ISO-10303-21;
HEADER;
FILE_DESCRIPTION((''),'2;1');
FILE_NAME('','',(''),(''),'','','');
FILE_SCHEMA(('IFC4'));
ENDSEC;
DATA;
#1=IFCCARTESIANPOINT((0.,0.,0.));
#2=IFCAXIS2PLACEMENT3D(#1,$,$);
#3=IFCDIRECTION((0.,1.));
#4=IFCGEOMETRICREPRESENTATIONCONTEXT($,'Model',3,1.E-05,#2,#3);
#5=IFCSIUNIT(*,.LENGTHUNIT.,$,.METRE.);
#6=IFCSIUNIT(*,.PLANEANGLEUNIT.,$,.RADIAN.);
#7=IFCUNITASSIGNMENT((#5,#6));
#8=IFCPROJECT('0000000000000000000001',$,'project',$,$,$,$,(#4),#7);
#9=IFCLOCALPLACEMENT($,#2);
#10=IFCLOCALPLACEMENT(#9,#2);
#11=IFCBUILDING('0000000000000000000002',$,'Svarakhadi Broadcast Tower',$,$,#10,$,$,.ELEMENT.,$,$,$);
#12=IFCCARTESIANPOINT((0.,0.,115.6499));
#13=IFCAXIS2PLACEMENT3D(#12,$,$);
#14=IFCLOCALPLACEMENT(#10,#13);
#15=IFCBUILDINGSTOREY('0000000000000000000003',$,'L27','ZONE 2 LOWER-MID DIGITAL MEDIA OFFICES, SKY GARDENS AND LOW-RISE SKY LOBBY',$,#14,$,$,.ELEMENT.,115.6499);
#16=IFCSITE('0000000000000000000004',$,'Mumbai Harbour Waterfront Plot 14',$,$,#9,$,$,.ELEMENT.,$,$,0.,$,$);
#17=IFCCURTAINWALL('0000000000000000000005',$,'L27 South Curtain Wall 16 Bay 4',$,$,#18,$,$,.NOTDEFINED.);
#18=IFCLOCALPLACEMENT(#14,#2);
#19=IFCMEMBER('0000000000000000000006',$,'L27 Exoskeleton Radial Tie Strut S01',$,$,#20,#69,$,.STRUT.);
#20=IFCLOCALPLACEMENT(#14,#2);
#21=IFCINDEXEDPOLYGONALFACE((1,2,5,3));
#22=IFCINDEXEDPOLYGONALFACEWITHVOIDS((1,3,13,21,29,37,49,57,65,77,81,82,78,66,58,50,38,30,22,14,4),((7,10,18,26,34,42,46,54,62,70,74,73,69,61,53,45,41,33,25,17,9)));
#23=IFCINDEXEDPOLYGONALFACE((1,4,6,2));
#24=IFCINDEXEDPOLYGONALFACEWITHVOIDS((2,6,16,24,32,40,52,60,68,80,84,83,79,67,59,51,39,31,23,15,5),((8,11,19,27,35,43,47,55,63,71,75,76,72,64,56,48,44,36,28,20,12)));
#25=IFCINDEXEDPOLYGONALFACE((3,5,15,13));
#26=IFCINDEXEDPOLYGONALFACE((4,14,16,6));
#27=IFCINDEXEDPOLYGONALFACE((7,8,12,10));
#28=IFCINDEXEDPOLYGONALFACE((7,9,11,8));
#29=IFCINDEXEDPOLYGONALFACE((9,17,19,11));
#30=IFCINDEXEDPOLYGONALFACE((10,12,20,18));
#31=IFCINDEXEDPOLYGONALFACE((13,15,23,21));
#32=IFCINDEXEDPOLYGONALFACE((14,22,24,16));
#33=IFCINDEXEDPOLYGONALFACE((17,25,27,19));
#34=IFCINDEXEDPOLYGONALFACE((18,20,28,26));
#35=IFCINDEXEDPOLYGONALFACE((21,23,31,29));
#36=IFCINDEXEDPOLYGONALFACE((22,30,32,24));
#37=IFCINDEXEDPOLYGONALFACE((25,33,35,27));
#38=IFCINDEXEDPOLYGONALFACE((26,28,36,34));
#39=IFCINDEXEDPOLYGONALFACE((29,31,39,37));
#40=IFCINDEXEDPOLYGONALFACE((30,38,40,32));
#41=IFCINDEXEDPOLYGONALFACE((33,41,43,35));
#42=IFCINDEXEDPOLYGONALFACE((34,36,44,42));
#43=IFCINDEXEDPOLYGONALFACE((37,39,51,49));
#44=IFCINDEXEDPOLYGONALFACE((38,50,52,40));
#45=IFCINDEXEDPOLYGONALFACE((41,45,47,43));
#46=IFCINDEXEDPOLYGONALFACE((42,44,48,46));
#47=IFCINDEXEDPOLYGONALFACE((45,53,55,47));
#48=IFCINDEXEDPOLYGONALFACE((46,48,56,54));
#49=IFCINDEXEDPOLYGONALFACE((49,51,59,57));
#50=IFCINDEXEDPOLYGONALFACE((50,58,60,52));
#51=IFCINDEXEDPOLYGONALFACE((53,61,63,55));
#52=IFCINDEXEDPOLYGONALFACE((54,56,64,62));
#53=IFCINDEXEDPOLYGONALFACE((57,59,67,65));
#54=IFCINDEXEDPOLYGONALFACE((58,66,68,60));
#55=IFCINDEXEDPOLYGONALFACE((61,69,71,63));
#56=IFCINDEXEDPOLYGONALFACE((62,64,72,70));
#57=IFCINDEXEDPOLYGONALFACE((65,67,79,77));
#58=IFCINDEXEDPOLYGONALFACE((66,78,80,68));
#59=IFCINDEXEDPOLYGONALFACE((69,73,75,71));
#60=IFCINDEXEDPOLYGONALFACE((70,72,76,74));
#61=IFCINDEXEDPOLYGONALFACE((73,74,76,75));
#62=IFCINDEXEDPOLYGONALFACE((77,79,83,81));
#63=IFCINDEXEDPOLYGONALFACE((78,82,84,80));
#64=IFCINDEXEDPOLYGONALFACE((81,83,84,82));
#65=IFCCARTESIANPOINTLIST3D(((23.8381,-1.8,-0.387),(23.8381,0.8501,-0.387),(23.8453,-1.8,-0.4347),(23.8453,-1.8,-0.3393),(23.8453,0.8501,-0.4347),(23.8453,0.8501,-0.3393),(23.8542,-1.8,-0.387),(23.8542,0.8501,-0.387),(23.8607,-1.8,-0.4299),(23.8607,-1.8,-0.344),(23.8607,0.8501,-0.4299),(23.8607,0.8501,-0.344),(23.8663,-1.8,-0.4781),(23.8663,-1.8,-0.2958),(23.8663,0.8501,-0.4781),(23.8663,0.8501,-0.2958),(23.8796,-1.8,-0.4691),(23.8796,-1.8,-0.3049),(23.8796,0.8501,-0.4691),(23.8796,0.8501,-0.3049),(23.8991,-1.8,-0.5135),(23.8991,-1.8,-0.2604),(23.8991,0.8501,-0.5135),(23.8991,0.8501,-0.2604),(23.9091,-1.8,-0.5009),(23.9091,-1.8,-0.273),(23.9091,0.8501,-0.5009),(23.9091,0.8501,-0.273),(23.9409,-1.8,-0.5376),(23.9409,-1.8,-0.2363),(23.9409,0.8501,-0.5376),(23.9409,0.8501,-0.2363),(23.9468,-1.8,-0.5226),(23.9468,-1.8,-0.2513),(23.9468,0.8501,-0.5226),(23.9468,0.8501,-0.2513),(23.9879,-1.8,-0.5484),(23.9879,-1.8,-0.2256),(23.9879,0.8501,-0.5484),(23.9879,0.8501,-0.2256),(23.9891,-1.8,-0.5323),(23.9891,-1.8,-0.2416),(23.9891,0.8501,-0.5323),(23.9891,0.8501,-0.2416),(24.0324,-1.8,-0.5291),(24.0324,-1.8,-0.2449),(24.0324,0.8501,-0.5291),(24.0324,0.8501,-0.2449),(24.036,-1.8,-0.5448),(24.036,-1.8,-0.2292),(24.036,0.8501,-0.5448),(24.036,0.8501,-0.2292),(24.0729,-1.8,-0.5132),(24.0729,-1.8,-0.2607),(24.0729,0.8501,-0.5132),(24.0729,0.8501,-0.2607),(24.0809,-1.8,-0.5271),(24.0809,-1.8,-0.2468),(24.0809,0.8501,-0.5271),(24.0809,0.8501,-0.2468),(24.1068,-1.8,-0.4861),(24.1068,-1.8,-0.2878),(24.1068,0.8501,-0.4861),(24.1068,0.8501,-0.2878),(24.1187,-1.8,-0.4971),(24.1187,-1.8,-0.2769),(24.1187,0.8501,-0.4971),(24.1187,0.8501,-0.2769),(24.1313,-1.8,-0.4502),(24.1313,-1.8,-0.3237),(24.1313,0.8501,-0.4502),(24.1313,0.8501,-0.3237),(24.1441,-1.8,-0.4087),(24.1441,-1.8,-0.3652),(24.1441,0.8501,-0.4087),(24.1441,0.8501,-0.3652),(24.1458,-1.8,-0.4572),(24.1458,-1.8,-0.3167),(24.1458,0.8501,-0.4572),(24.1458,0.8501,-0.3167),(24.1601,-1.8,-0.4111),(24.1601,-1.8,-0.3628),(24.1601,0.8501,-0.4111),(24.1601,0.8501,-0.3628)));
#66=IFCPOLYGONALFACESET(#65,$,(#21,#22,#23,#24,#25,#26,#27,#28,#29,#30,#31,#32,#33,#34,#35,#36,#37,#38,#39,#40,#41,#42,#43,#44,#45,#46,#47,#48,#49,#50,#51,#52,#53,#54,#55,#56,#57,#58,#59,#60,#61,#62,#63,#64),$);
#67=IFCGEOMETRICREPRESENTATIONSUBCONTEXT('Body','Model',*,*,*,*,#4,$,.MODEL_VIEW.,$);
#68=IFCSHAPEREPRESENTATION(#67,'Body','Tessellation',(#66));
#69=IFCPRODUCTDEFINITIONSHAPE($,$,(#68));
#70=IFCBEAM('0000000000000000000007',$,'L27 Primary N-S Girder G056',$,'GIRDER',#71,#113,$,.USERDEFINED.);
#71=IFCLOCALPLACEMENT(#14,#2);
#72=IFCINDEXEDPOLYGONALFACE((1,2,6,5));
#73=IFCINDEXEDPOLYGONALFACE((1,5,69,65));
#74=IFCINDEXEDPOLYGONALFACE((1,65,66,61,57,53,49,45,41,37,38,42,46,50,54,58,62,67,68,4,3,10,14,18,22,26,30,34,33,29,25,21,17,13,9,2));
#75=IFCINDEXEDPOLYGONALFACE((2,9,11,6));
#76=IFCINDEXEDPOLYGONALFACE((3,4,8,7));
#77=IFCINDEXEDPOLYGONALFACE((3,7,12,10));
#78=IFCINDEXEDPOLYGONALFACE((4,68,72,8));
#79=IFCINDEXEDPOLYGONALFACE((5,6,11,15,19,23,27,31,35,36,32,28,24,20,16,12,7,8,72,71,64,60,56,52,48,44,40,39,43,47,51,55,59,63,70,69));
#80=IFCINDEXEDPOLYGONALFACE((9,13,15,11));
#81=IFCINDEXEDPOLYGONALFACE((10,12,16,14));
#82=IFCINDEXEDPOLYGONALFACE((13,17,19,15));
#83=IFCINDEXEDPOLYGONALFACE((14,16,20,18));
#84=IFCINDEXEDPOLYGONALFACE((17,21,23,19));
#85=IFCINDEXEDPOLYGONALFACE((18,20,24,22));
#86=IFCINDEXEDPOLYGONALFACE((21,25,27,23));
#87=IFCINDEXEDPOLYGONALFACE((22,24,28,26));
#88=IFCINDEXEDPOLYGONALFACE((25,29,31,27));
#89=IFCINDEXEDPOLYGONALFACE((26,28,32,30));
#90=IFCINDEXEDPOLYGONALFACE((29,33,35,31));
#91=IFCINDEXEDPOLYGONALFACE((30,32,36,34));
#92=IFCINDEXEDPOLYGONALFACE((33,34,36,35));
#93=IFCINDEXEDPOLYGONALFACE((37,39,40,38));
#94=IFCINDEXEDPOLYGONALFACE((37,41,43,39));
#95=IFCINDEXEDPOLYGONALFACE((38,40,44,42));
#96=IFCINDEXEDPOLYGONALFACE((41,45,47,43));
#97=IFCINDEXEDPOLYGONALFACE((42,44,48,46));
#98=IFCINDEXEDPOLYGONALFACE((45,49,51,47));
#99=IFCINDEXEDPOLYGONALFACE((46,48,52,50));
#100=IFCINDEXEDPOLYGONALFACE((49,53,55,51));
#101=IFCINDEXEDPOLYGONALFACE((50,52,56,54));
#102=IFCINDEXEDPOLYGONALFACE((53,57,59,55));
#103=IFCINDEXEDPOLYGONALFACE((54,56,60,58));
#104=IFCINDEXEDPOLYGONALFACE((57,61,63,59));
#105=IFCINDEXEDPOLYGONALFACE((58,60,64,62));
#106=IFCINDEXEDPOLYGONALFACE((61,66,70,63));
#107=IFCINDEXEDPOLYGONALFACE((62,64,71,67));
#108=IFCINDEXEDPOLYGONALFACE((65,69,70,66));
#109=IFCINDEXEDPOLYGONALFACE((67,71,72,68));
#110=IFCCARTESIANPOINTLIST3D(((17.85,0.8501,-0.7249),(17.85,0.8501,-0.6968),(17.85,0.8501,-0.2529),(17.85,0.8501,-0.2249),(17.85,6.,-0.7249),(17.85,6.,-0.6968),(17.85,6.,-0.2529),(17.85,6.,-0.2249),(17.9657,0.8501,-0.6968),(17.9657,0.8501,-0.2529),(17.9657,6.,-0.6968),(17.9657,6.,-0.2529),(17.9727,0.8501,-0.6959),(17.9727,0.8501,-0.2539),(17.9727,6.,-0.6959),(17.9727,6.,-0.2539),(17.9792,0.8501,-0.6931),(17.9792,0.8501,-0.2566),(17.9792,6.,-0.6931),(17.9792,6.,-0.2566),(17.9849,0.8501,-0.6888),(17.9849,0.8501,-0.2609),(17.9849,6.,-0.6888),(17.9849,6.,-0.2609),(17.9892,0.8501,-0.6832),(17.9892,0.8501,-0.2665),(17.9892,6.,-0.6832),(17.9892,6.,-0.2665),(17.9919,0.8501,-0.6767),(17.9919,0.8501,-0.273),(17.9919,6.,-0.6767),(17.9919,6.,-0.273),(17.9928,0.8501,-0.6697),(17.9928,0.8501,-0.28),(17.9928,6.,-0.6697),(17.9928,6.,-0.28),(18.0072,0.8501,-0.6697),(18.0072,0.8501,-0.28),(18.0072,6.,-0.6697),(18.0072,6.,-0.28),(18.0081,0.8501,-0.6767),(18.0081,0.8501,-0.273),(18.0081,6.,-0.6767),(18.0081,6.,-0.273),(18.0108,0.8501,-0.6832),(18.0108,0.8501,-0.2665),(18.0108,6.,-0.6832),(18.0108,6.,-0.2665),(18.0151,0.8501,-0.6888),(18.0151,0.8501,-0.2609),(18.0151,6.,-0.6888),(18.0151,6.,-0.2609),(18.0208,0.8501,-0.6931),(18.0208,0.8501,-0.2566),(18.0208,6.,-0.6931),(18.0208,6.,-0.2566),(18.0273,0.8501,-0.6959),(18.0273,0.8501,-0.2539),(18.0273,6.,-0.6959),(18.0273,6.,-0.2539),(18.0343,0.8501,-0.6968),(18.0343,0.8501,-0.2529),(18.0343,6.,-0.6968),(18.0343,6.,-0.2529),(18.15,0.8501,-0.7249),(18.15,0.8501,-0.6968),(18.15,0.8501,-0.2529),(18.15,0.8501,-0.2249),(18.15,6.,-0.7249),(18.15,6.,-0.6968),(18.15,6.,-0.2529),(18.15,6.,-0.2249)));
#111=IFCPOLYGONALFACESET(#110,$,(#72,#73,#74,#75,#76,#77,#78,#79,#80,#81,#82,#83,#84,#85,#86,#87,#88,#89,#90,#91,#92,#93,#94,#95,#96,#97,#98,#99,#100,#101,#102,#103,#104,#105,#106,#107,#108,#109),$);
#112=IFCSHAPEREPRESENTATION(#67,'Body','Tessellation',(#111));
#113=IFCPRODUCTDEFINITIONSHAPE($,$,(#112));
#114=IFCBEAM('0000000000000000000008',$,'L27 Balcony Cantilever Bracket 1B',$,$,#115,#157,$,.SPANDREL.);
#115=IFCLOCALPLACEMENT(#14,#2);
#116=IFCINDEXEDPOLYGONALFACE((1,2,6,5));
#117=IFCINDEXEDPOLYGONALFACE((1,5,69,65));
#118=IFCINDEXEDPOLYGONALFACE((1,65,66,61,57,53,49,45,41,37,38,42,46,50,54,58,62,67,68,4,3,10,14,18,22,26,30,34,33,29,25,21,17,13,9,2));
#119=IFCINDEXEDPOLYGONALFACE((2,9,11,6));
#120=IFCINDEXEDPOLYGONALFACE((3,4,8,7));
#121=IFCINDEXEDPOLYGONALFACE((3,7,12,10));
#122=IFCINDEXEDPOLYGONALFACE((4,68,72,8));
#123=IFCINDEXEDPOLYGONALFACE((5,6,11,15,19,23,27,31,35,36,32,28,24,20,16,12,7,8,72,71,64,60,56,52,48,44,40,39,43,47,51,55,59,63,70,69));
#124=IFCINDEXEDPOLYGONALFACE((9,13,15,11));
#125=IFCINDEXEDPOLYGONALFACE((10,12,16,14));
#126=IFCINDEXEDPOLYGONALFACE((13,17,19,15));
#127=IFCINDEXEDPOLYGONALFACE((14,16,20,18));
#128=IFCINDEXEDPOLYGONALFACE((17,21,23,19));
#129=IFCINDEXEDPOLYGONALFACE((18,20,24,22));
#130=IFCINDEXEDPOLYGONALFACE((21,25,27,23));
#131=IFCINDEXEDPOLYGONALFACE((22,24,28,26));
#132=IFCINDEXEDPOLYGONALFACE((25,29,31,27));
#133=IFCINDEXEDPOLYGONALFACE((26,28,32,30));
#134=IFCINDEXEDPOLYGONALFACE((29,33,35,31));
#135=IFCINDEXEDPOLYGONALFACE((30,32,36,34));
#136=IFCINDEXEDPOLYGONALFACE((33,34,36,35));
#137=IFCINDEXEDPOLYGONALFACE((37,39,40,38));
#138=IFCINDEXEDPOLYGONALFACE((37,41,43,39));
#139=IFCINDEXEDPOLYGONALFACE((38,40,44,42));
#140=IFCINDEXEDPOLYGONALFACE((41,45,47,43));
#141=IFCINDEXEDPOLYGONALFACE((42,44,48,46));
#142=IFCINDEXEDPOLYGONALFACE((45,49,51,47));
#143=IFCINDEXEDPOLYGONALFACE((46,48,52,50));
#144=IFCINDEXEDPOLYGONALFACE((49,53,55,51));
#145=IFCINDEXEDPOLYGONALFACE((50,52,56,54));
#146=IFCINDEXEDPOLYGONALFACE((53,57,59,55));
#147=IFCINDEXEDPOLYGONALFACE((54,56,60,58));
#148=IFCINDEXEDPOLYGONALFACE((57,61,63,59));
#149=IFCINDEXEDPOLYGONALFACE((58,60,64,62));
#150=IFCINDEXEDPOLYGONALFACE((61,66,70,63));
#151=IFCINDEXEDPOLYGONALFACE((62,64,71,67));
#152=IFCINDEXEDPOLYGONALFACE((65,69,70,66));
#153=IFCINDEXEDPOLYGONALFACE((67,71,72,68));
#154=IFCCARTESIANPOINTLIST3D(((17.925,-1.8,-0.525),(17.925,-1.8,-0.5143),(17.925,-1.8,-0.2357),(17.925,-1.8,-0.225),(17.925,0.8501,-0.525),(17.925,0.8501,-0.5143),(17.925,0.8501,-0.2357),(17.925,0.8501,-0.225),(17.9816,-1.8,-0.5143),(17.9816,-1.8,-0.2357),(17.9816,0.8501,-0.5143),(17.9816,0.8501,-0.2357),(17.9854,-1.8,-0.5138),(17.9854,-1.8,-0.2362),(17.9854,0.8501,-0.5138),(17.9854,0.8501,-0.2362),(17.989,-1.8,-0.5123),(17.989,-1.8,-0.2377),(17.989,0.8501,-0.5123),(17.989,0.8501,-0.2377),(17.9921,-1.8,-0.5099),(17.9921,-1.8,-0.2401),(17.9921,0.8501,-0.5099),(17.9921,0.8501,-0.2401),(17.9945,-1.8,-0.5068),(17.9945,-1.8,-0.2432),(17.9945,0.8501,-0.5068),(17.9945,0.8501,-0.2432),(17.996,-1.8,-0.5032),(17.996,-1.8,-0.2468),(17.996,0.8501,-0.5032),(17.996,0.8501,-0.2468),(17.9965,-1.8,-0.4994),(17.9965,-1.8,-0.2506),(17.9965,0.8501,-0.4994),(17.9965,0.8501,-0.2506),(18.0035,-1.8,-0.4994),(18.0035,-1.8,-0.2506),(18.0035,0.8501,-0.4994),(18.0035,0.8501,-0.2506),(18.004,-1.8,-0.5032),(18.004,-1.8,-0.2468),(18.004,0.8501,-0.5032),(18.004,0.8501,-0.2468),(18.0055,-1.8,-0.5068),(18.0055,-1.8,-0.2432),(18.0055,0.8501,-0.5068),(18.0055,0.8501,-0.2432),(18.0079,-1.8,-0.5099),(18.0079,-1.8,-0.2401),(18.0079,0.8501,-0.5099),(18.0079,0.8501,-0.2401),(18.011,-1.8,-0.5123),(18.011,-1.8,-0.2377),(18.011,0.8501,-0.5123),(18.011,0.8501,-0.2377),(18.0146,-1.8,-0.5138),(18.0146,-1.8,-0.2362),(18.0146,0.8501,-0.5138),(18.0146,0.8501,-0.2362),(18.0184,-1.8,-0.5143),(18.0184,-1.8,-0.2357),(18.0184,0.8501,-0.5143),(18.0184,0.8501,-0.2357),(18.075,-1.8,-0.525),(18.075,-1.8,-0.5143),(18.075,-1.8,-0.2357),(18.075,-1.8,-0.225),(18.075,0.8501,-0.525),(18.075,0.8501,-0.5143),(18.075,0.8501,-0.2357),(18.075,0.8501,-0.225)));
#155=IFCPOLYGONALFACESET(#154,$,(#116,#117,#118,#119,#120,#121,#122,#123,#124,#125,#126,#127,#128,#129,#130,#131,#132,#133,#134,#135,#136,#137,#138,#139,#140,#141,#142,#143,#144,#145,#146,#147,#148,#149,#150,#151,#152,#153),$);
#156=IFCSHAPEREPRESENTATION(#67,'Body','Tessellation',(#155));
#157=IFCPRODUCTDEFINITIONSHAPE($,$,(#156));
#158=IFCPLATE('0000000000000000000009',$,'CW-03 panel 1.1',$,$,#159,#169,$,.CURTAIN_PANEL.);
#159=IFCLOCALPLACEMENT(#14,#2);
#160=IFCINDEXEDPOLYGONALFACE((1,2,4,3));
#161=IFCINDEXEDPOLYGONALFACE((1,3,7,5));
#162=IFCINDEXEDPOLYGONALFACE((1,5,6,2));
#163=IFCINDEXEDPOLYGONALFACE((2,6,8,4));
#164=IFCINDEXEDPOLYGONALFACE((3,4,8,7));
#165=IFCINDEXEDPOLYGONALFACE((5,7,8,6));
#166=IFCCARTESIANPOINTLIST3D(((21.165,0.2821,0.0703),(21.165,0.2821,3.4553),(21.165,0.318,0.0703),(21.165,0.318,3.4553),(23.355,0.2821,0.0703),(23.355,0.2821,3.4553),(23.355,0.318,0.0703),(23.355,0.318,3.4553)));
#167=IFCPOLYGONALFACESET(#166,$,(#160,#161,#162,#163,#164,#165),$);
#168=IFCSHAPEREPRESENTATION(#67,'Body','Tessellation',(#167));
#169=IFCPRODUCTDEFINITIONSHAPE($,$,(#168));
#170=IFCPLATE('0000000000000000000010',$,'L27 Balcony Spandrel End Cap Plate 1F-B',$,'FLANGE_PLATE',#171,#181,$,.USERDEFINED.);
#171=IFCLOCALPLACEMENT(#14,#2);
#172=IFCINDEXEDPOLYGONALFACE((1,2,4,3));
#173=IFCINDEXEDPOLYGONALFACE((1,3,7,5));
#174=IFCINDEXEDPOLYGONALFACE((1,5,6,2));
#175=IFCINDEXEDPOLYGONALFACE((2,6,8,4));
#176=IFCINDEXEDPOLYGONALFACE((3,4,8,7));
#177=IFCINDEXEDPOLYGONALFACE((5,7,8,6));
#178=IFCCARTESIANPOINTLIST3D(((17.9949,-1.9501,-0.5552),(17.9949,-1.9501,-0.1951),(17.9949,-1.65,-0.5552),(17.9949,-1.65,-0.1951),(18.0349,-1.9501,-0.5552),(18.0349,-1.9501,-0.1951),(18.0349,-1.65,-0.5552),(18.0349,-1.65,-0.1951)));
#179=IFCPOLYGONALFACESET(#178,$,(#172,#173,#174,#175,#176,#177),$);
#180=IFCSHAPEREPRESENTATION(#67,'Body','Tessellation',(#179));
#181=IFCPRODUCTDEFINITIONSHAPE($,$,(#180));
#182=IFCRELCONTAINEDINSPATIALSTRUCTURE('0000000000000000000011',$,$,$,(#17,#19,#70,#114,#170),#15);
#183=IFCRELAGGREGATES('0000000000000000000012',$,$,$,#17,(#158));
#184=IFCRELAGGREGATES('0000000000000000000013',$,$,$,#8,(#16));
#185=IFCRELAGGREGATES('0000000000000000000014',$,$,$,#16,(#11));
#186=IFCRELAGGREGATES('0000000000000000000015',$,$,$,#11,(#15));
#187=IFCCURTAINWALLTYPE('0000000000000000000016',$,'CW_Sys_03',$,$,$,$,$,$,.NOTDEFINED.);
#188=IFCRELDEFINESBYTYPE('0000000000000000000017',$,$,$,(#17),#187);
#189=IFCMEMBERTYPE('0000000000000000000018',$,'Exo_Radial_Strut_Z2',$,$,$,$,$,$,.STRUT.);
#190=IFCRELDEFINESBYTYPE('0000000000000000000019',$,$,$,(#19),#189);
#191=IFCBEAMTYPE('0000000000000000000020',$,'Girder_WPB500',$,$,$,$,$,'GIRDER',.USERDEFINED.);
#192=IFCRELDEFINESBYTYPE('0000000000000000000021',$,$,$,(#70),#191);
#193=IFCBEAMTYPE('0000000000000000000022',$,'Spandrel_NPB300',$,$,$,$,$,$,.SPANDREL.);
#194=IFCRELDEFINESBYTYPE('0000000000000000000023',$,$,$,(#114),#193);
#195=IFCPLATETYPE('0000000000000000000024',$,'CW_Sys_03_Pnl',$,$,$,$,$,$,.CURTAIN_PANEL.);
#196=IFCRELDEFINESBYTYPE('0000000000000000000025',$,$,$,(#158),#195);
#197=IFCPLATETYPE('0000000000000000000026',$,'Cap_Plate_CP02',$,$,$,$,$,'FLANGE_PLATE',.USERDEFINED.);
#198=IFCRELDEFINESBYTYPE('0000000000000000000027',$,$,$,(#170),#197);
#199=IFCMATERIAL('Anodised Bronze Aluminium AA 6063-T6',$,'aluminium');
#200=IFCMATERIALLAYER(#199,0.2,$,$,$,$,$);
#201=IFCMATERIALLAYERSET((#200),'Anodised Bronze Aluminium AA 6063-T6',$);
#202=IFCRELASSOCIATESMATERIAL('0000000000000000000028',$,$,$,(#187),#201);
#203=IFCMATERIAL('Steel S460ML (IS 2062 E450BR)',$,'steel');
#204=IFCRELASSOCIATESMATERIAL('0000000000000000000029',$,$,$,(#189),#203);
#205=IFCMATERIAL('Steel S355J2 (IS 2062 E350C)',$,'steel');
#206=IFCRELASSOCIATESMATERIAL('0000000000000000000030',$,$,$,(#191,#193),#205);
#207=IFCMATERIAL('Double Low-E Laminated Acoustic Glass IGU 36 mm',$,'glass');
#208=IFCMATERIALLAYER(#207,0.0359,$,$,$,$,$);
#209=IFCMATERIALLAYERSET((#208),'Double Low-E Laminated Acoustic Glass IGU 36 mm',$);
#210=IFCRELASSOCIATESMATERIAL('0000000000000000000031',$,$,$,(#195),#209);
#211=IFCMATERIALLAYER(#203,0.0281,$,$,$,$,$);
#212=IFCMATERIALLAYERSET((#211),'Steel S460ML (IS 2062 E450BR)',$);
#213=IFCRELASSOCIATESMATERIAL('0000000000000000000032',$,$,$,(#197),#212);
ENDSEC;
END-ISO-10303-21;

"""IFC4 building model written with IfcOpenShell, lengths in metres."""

from ifc_helpers import new_model, si_unit, direction, frame, origin, origin_2d, place, context, subcontext, project, spatial, rectangle, hollow_circle, i_section, extrude, material, layer, layer_set, material_profile, profile_set, type_object, element, aggregate, save


model = new_model("IFC4")

# Units and contexts
model_context = context("Model", 3, precision=1e-05, world=origin(), true_north=direction((0.0, 1.0)))
body_context = subcontext(model_context, "Body", "Model", "MODEL_VIEW")
ifc_project = project(units=[si_unit("LENGTHUNIT", "METRE"), si_unit("PLANEANGLEUNIT", "RADIAN")], contexts=[model_context])

# Site, building, storey
site_placement = place(None, origin())
site = spatial("IfcSite", under=ifc_project, at=site_placement, Name="Mumbai Harbour Waterfront Plot 14", CompositionType="ELEMENT", RefElevation=0.0)
building_placement = place(site_placement, origin())
building = spatial("IfcBuilding", under=site, at=building_placement, Name="Svarakhadi Broadcast Tower", CompositionType="ELEMENT")
storey_placement = place(building_placement, frame((0.0, 0.0, 115.6499)))
storey = spatial("IfcBuildingStorey", under=building, at=storey_placement, Name="L27", Description="ZONE 2 LOWER-MID DIGITAL MEDIA OFFICES, SKY GARDENS AND LOW-RISE SKY LOBBY", CompositionType="ELEMENT", Elevation=115.6499)

# Curtain wall
ifc_material_1 = material(Name="Anodised Bronze Aluminium AA 6063-T6", Category="aluminium")
ifc_layer_1 = layer(ifc_material_1, 0.2)
ifc_layer_set_1 = layer_set([ifc_layer_1], Name="Anodised Bronze Aluminium AA 6063-T6")
curtain_wall_type = type_object("IfcCurtainWallType", Name="CW_Sys_03", PredefinedType="NOTDEFINED", material=ifc_layer_set_1)
curtain_wall_placement = place(storey_placement, origin())
curtain_wall = element("IfcCurtainWall", 1, at=curtain_wall_placement, inside=storey, type_object=curtain_wall_type, Name="L27 South Curtain Wall 16 Bay 4", PredefinedType="NOTDEFINED")

# Member
ifc_material_2 = material(Name="Steel S460ML (IS 2062 E450BR)", Category="steel")
ifc_material_profile_1 = material_profile(ifc_material_2, hollow_circle(Radius=0.1619, WallThickness=0.0161, at=origin_2d()), Name="CHS 323.9x16")
ifc_profile_set_1 = profile_set([ifc_material_profile_1], Name="Steel S460ML (IS 2062 E450BR)")
member_type_1 = type_object("IfcMemberType", Name="Exo_Radial_Strut_Z2", PredefinedType="STRUT", material=ifc_profile_set_1)
member_1_placement = place(storey_placement, frame((24.0, -1.8, -0.387), z_axis=(0.0, 1.0, 0.0), x_axis=(-1.0, 0.0, 0.0)))
element("IfcMember", 2, at=member_1_placement, inside=storey, type_object=member_type_1, Name="L27 Exoskeleton Radial Tie Strut S01", PredefinedType="STRUT", context=body_context, shape_type="SweptSolid", body=[
    extrude(hollow_circle(Radius=0.1619, WallThickness=0.0161, at=origin_2d()), origin(), (0.0, 0.0, 1.0), 2.6501),
])

# Beams
ifc_material_3 = material(Name="Steel S355J2 (IS 2062 E350C)", Category="steel")
ifc_material_profile_2 = material_profile(ifc_material_3, i_section(OverallWidth=0.3, OverallDepth=0.5, WebThickness=0.0144, FlangeThickness=0.0281, FilletRadius=0.0271, at=origin_2d()), Name="WPB 500x300x187")
ifc_profile_set_2 = profile_set([ifc_material_profile_2], Name="Steel S355J2 (IS 2062 E350C)")
beam_type_1 = type_object("IfcBeamType", Name="Girder_WPB500", ElementType="GIRDER", PredefinedType="USERDEFINED", material=ifc_profile_set_2)
beam_1_placement = place(storey_placement, frame((18.0, 0.8501, -0.4749), z_axis=(0.0, 1.0, 0.0), x_axis=(-1.0, 0.0, 0.0)))
element("IfcBeam", 3, at=beam_1_placement, inside=storey, type_object=beam_type_1, Name="L27 Primary N-S Girder G056", ObjectType="GIRDER", PredefinedType="USERDEFINED", context=body_context, shape_type="SweptSolid", body=[
    extrude(i_section(OverallWidth=0.3, OverallDepth=0.5, WebThickness=0.0144, FlangeThickness=0.0281, FilletRadius=0.0271, at=origin_2d()), origin(), (0.0, 0.0, 1.0), 5.1499),
])
ifc_material_profile_3 = material_profile(ifc_material_3, i_section(OverallWidth=0.1499, OverallDepth=0.3, WebThickness=0.0071, FlangeThickness=0.0107, FilletRadius=0.0149, at=origin_2d()), Name="NPB 300x150x37")
ifc_profile_set_3 = profile_set([ifc_material_profile_3], Name="Steel S355J2 (IS 2062 E350C)")
beam_type_2 = type_object("IfcBeamType", Name="Spandrel_NPB300", PredefinedType="SPANDREL", material=ifc_profile_set_3)
beam_2_placement = place(storey_placement, frame((18.0, 0.8501, -0.375), z_axis=(0.0, -1.0, 0.0), x_axis=(1.0, 0.0, 0.0)))
element("IfcBeam", 4, at=beam_2_placement, inside=storey, type_object=beam_type_2, Name="L27 Balcony Cantilever Bracket 1B", PredefinedType="SPANDREL", context=body_context, shape_type="SweptSolid", body=[
    extrude(i_section(OverallWidth=0.1499, OverallDepth=0.3, WebThickness=0.0071, FlangeThickness=0.0107, FilletRadius=0.0149, at=origin_2d()), origin(), (0.0, 0.0, 1.0), 2.6501),
])

# Plate
ifc_material_4 = material(Name="Double Low-E Laminated Acoustic Glass IGU 36 mm", Category="glass")
ifc_layer_2 = layer(ifc_material_4, 0.0359)
ifc_layer_set_2 = layer_set([ifc_layer_2], Name="Double Low-E Laminated Acoustic Glass IGU 36 mm")
plate_type_1 = type_object("IfcPlateType", Name="CW_Sys_03_Pnl", PredefinedType="CURTAIN_PANEL", material=ifc_layer_set_2)
plate_1_placement = place(storey_placement, frame((22.26, 0.3, 0.0703), z_axis=(0.0, 0.0, 1.0), x_axis=(-1.0, 0.0, 0.0)))
plate_1 = element("IfcPlate", 5, at=plate_1_placement, type_object=plate_type_1, Name="CW-03 panel 1.1", PredefinedType="CURTAIN_PANEL", context=body_context, shape_type="SweptSolid", body=[
    extrude(rectangle(XDim=2.1899, YDim=0.0359, at=origin_2d()), origin(), (0.0, 0.0, 1.0), 3.385),
])
aggregate(curtain_wall, [plate_1])

# Plate
ifc_layer_3 = layer(ifc_material_2, 0.0281)
ifc_layer_set_3 = layer_set([ifc_layer_3], Name="Steel S460ML (IS 2062 E450BR)")
plate_type_2 = type_object("IfcPlateType", Name="Cap_Plate_CP02", ElementType="FLANGE_PLATE", PredefinedType="USERDEFINED", material=ifc_layer_set_3)
plate_2_placement = place(storey_placement, frame((18.0149, -1.8, -0.5552), z_axis=(0.0, 0.0, 1.0), x_axis=(1.0, 0.0, 0.0)))
element("IfcPlate", 6, at=plate_2_placement, inside=storey, type_object=plate_type_2, Name="L27 Balcony Spandrel End Cap Plate 1F-B", ObjectType="FLANGE_PLATE", PredefinedType="USERDEFINED", context=body_context, shape_type="SweptSolid", body=[
    extrude(rectangle(XDim=0.04, YDim=0.3, at=origin_2d()), origin(), (0.0, 0.0, 1.0), 0.3601),
])

save(model, "model.ifc")
